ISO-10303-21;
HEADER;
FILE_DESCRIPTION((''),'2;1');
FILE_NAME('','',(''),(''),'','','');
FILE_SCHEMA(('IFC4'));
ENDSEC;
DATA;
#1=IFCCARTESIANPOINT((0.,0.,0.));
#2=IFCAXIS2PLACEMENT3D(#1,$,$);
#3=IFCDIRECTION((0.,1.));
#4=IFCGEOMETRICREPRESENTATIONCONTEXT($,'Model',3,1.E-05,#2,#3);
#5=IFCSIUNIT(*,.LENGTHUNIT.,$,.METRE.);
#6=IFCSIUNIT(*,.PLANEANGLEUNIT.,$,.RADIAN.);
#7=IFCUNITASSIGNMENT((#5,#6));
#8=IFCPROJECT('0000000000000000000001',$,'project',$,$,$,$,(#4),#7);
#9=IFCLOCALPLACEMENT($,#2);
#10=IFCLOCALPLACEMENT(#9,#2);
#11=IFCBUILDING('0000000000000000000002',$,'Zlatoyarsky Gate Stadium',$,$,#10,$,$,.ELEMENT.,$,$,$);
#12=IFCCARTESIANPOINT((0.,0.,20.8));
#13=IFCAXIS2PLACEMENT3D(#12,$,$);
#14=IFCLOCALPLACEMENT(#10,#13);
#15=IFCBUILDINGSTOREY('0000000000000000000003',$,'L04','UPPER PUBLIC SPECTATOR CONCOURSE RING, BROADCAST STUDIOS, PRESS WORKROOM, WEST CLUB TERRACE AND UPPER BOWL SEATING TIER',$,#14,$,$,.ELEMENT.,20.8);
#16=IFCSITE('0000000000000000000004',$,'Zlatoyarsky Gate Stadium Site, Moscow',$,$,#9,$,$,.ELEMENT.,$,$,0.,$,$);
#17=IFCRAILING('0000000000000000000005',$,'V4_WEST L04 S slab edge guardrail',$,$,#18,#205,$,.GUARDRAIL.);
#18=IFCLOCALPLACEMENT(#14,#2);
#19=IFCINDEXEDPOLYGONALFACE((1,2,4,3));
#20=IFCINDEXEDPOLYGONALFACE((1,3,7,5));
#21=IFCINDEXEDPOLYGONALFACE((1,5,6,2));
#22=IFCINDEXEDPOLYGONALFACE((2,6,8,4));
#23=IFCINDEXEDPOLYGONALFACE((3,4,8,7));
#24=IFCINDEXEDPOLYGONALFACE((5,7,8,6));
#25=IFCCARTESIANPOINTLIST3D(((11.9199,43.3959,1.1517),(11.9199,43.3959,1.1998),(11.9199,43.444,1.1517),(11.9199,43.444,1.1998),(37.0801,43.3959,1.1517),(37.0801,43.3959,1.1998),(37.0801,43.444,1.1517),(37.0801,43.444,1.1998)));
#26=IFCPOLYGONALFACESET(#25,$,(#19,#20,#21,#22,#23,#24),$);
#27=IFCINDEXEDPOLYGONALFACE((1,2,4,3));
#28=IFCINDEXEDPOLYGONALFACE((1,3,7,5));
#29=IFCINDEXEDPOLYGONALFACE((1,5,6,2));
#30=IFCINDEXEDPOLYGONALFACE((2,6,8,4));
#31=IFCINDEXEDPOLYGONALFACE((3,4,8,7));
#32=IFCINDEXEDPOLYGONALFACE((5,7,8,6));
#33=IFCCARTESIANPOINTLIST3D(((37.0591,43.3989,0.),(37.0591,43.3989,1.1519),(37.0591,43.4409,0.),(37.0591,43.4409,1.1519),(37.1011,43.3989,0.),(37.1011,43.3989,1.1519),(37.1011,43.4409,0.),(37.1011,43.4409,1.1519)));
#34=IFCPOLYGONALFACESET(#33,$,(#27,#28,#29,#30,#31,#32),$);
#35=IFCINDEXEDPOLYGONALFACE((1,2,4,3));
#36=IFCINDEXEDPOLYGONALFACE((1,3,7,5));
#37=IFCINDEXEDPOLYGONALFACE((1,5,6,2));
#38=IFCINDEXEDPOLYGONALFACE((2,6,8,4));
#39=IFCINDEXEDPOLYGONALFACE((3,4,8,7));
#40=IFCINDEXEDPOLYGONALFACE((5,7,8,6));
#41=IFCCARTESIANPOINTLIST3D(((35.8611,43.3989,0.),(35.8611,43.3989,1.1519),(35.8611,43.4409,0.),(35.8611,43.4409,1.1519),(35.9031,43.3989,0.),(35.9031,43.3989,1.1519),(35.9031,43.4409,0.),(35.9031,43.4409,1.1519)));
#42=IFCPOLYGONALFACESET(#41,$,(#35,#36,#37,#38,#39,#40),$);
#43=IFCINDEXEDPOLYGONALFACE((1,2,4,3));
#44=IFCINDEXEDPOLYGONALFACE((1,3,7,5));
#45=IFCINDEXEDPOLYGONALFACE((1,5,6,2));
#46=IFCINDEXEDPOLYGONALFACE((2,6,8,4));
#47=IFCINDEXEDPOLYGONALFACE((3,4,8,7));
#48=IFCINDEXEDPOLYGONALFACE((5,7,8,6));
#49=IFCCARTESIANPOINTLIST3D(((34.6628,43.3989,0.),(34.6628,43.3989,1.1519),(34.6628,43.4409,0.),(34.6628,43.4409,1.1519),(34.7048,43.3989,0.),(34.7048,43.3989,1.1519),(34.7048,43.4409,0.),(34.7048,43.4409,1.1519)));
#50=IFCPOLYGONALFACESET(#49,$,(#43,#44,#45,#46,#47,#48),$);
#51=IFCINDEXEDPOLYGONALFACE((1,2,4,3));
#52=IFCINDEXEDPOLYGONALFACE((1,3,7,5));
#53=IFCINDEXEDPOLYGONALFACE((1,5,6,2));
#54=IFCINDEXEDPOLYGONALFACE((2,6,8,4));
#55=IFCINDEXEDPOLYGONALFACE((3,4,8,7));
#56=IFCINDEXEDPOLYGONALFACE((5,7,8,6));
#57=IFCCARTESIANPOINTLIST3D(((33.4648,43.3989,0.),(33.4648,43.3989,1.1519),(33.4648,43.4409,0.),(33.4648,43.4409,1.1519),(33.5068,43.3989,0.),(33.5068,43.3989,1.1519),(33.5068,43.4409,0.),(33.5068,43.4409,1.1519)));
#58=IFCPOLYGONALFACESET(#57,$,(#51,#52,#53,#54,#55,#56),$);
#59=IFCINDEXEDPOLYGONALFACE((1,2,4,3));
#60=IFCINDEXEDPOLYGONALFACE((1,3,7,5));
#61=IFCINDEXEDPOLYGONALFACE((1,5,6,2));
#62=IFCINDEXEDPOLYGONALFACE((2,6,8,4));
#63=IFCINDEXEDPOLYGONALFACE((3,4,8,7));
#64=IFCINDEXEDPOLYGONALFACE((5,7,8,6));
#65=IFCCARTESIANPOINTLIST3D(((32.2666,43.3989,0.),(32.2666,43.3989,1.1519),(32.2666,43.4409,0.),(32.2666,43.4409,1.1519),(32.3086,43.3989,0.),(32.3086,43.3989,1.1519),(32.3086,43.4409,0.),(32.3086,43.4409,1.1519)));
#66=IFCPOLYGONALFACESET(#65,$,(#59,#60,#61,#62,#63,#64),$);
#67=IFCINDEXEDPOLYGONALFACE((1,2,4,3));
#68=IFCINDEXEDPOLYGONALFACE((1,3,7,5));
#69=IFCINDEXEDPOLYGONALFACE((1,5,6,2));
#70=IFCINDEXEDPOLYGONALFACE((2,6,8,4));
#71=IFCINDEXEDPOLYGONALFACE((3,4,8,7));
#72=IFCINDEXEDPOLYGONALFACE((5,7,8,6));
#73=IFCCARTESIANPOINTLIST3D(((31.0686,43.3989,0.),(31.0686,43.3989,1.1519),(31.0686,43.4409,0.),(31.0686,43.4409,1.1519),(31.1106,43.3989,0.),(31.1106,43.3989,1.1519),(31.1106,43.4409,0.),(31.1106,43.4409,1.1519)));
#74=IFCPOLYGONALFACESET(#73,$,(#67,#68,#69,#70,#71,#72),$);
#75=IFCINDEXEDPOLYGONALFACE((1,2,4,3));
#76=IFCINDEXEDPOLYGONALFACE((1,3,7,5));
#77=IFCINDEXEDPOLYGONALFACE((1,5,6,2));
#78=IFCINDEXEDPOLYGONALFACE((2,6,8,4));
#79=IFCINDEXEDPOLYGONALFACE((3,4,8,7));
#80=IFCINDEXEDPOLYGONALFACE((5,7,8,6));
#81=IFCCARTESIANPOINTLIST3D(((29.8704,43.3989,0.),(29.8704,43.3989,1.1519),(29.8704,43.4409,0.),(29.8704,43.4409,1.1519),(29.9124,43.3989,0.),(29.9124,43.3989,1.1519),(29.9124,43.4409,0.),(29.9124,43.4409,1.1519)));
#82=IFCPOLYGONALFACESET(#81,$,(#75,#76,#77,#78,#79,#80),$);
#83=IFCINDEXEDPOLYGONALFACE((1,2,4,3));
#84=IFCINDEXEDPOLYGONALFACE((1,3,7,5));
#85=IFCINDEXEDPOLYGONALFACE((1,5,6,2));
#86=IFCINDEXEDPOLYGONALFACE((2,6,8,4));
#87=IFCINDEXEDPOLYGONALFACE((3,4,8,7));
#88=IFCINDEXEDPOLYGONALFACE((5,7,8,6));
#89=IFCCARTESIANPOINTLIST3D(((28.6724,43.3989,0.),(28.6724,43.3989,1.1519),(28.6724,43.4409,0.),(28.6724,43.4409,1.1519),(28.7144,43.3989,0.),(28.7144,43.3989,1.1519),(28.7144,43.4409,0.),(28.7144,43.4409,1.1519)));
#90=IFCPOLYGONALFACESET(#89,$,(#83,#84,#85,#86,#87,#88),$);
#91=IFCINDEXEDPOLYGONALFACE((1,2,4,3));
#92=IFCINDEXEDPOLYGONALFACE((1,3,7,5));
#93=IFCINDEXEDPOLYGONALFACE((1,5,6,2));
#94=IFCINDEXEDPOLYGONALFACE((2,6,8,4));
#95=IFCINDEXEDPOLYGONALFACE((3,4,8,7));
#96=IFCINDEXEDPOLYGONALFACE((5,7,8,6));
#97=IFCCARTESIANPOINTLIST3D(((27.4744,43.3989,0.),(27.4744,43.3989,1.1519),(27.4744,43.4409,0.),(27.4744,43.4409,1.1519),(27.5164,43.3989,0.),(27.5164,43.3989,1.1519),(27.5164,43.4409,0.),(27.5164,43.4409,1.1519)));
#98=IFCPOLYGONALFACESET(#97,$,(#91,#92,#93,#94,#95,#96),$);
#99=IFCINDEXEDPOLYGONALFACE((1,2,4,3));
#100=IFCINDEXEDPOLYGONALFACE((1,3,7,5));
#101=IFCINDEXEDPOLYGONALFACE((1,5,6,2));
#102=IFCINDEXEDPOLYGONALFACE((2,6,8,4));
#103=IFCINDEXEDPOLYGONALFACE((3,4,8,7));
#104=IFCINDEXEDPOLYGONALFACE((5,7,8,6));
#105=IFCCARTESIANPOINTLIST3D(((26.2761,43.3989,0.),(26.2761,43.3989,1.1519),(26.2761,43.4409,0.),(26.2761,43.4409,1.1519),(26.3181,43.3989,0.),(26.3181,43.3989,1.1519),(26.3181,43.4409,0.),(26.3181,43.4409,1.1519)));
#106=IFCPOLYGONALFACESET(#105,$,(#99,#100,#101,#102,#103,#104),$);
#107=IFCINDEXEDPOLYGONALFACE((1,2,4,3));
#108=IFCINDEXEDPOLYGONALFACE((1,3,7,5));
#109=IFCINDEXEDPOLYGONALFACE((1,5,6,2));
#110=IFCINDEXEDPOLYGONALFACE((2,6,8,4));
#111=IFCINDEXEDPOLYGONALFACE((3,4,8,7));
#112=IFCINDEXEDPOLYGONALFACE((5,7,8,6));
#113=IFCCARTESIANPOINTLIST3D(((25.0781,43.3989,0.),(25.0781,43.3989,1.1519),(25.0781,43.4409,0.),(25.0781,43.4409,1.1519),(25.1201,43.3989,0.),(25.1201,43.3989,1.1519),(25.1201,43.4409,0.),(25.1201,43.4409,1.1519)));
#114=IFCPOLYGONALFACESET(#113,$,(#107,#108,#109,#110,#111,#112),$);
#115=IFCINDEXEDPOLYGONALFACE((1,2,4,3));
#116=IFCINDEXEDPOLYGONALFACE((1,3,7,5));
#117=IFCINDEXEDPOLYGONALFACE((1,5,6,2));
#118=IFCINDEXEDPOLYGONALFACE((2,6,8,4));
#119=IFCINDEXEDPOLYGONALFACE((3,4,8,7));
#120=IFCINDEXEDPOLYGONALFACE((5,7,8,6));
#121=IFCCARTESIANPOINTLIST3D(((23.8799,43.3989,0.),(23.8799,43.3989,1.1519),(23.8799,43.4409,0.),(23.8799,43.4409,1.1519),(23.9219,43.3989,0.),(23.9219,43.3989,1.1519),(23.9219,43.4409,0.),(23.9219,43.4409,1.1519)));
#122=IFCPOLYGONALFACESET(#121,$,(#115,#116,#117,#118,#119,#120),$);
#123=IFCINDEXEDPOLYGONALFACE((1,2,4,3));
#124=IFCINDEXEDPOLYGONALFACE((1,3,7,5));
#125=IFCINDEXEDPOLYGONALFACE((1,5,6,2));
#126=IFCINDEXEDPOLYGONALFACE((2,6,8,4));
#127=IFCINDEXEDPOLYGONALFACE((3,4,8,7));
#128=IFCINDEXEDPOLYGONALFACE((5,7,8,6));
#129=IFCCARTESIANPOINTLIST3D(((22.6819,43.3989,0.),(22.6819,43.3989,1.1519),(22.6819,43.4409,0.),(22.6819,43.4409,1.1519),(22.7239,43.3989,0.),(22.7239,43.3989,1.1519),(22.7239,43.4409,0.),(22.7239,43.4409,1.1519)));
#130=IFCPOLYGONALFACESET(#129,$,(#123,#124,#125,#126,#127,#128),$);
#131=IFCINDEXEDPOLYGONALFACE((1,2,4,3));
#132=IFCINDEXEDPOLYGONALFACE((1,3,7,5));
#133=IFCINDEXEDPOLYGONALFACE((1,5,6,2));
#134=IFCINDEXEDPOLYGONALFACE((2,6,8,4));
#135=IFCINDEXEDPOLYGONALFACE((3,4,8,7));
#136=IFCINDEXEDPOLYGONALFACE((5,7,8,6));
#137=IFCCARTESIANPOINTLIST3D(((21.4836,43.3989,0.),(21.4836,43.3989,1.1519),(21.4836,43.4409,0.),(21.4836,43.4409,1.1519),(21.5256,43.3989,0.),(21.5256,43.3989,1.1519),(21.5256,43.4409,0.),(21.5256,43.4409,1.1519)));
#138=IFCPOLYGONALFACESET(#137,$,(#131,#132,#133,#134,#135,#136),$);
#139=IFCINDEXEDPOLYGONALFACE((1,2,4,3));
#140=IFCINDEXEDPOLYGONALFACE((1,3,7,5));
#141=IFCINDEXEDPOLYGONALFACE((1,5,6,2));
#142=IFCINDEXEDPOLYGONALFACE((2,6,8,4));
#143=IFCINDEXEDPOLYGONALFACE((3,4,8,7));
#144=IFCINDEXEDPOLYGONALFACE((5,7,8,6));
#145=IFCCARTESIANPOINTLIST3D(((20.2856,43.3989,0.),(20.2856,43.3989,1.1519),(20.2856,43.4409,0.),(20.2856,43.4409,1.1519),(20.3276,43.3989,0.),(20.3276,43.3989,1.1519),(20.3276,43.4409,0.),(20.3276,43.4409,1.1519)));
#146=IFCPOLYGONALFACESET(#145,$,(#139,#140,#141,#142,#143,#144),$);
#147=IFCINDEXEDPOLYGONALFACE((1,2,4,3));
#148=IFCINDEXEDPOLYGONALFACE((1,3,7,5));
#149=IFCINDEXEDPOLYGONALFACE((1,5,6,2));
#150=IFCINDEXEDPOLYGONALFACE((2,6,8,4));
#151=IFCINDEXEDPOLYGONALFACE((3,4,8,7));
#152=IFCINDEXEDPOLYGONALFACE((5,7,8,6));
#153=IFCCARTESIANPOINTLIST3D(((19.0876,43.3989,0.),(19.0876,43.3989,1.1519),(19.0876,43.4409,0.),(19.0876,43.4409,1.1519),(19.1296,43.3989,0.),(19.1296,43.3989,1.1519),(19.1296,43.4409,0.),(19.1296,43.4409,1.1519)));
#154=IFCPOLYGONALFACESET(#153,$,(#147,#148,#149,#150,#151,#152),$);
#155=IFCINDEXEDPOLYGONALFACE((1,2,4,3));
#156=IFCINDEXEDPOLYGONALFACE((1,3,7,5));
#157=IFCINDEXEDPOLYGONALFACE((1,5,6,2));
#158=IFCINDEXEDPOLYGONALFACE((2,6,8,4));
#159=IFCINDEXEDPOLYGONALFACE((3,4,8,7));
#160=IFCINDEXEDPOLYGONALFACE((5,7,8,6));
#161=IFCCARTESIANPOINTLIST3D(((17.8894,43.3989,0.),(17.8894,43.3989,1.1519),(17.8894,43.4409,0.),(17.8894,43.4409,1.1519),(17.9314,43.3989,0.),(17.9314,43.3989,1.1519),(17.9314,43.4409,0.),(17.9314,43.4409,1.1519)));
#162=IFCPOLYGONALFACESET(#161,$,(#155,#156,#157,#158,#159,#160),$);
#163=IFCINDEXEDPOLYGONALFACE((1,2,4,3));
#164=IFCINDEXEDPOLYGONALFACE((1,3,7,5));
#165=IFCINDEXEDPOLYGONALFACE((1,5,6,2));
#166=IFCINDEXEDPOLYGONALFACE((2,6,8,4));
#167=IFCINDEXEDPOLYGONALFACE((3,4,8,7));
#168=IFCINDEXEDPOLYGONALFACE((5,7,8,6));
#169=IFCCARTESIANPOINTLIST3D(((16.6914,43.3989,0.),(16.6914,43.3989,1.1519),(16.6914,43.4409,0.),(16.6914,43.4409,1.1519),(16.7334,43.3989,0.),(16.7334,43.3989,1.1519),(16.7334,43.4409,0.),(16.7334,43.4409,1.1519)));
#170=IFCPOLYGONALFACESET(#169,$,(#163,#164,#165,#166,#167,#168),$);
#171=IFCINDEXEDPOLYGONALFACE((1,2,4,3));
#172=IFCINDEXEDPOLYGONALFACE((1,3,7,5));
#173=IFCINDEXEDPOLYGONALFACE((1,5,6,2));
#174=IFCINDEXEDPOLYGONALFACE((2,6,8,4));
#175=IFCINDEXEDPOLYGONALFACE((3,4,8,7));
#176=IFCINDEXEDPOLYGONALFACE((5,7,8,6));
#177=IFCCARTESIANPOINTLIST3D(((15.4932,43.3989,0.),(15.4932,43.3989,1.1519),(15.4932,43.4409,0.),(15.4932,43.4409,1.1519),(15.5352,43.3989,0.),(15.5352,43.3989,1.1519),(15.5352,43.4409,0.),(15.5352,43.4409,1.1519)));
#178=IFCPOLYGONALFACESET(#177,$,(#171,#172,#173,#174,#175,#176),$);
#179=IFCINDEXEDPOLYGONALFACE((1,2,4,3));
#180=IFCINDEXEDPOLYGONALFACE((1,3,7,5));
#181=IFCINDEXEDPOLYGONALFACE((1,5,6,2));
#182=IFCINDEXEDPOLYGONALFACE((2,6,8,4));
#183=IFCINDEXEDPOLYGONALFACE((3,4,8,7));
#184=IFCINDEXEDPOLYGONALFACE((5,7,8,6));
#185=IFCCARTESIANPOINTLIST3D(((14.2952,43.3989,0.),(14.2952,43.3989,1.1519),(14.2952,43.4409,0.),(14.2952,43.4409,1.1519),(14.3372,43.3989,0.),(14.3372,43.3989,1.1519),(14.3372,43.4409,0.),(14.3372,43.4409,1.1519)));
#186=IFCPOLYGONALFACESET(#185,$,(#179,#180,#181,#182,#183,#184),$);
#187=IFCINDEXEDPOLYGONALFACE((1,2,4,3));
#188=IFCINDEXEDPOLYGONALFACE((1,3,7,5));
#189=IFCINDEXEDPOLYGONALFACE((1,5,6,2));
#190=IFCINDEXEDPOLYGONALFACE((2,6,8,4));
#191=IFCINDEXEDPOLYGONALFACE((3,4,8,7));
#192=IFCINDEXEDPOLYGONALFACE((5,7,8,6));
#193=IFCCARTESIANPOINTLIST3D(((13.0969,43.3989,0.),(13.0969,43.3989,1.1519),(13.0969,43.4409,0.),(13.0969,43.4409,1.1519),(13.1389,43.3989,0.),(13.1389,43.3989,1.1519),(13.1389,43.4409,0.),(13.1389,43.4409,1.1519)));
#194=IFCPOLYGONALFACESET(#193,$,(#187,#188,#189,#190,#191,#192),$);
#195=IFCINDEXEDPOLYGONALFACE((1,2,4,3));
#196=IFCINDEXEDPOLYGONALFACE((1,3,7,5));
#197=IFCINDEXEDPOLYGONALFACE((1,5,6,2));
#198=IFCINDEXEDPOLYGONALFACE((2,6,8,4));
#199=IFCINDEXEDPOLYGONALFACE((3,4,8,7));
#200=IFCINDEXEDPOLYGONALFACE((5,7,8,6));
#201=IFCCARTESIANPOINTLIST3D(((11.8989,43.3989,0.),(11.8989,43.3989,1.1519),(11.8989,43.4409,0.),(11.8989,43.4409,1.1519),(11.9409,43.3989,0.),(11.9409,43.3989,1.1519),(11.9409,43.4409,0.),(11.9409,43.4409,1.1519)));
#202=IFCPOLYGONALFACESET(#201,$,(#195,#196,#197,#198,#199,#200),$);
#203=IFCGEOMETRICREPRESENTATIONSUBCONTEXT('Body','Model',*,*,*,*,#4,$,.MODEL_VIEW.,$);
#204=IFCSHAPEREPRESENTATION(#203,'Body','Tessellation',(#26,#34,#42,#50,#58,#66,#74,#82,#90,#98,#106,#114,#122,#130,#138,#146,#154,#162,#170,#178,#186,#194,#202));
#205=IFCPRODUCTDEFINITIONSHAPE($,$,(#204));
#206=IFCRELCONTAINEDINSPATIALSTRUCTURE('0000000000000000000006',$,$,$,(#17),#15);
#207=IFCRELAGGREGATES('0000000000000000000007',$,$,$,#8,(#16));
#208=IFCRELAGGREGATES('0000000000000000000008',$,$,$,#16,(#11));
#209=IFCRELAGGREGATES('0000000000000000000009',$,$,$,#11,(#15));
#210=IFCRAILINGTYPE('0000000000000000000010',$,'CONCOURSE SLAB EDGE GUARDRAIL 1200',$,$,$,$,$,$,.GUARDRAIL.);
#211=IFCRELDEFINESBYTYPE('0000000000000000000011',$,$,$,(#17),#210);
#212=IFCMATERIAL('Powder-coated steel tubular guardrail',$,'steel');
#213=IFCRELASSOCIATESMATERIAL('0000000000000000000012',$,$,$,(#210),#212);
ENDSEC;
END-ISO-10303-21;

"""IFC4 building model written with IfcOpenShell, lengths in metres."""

from ifc_helpers import new_model, si_unit, direction, frame, origin, origin_2d, place, context, subcontext, project, spatial, rectangle, extrude, material, type_object, element, save


model = new_model("IFC4")

# Units and contexts
model_context = context("Model", 3, precision=1e-05, world=origin(), true_north=direction((0.0, 1.0)))
body_context = subcontext(model_context, "Body", "Model", "MODEL_VIEW")
ifc_project = project(units=[si_unit("LENGTHUNIT", "METRE"), si_unit("PLANEANGLEUNIT", "RADIAN")], contexts=[model_context])

# Site, building, storey
site_placement = place(None, origin())
site = spatial("IfcSite", under=ifc_project, at=site_placement, Name="Zlatoyarsky Gate Stadium Site, Moscow", CompositionType="ELEMENT", RefElevation=0.0)
building_placement = place(site_placement, origin())
building = spatial("IfcBuilding", under=site, at=building_placement, Name="Zlatoyarsky Gate Stadium", CompositionType="ELEMENT")
storey_placement = place(building_placement, frame((0.0, 0.0, 20.8)))
storey = spatial("IfcBuildingStorey", under=building, at=storey_placement, Name="L04", Description="UPPER PUBLIC SPECTATOR CONCOURSE RING, BROADCAST STUDIOS, PRESS WORKROOM, WEST CLUB TERRACE AND UPPER BOWL SEATING TIER", CompositionType="ELEMENT", Elevation=20.8)

# Railing
ifc_material_1 = material(Name="Powder-coated steel tubular guardrail", Category="steel")
railing_type_1 = type_object("IfcRailingType", Name="CONCOURSE SLAB EDGE GUARDRAIL 1200", PredefinedType="GUARDRAIL", material=ifc_material_1)
railing_1_placement = place(storey_placement, frame((37.0801, 43.4199, 0.0)))
element("IfcRailing", 1, at=railing_1_placement, inside=storey, type_object=railing_type_1, Name="V4_WEST L04 S slab edge guardrail", PredefinedType="GUARDRAIL", context=body_context, shape_type="SweptSolid", body=[
    extrude(rectangle(XDim=0.0481, YDim=0.0481, at=origin_2d()), frame((0.0, 0.0, 1.1758), z_axis=(-1.0, 0.0, 0.0), x_axis=(0.0, -1.0, 0.0)), (0.0, 0.0, 1.0), 25.1602),
    extrude(rectangle(XDim=0.042, YDim=0.042, at=origin_2d()), origin(), (0.0, 0.0, 1.0), 1.1519),
    extrude(rectangle(XDim=0.042, YDim=0.042, at=origin_2d()), frame((-1.198, 0.0, 0.0)), (0.0, 0.0, 1.0), 1.1519),
    extrude(rectangle(XDim=0.042, YDim=0.042, at=origin_2d()), frame((-2.3962, 0.0, 0.0)), (0.0, 0.0, 1.0), 1.1519),
    extrude(rectangle(XDim=0.042, YDim=0.042, at=origin_2d()), frame((-3.5942, 0.0, 0.0)), (0.0, 0.0, 1.0), 1.1519),
    extrude(rectangle(XDim=0.042, YDim=0.042, at=origin_2d()), frame((-4.7925, 0.0, 0.0)), (0.0, 0.0, 1.0), 1.1519),
    extrude(rectangle(XDim=0.042, YDim=0.042, at=origin_2d()), frame((-5.9905, 0.0, 0.0)), (0.0, 0.0, 1.0), 1.1519),
    extrude(rectangle(XDim=0.042, YDim=0.042, at=origin_2d()), frame((-7.1887, 0.0, 0.0)), (0.0, 0.0, 1.0), 1.1519),
    extrude(rectangle(XDim=0.042, YDim=0.042, at=origin_2d()), frame((-8.3867, 0.0, 0.0)), (0.0, 0.0, 1.0), 1.1519),
    extrude(rectangle(XDim=0.042, YDim=0.042, at=origin_2d()), frame((-9.5847, 0.0, 0.0)), (0.0, 0.0, 1.0), 1.1519),
    extrude(rectangle(XDim=0.042, YDim=0.042, at=origin_2d()), frame((-10.783, 0.0, 0.0)), (0.0, 0.0, 1.0), 1.1519),
    extrude(rectangle(XDim=0.042, YDim=0.042, at=origin_2d()), frame((-11.981, 0.0, 0.0)), (0.0, 0.0, 1.0), 1.1519),
    extrude(rectangle(XDim=0.042, YDim=0.042, at=origin_2d()), frame((-13.1792, 0.0, 0.0)), (0.0, 0.0, 1.0), 1.1519),
    extrude(rectangle(XDim=0.042, YDim=0.042, at=origin_2d()), frame((-14.3772, 0.0, 0.0)), (0.0, 0.0, 1.0), 1.1519),
    extrude(rectangle(XDim=0.042, YDim=0.042, at=origin_2d()), frame((-15.5754, 0.0, 0.0)), (0.0, 0.0, 1.0), 1.1519),
    extrude(rectangle(XDim=0.042, YDim=0.042, at=origin_2d()), frame((-16.7734, 0.0, 0.0)), (0.0, 0.0, 1.0), 1.1519),
    extrude(rectangle(XDim=0.042, YDim=0.042, at=origin_2d()), frame((-17.9714, 0.0, 0.0)), (0.0, 0.0, 1.0), 1.1519),
    extrude(rectangle(XDim=0.042, YDim=0.042, at=origin_2d()), frame((-19.1697, 0.0, 0.0)), (0.0, 0.0, 1.0), 1.1519),
    extrude(rectangle(XDim=0.042, YDim=0.042, at=origin_2d()), frame((-20.3677, 0.0, 0.0)), (0.0, 0.0, 1.0), 1.1519),
    extrude(rectangle(XDim=0.042, YDim=0.042, at=origin_2d()), frame((-21.5659, 0.0, 0.0)), (0.0, 0.0, 1.0), 1.1519),
    extrude(rectangle(XDim=0.042, YDim=0.042, at=origin_2d()), frame((-22.7639, 0.0, 0.0)), (0.0, 0.0, 1.0), 1.1519),
    extrude(rectangle(XDim=0.042, YDim=0.042, at=origin_2d()), frame((-23.9622, 0.0, 0.0)), (0.0, 0.0, 1.0), 1.1519),
    extrude(rectangle(XDim=0.042, YDim=0.042, at=origin_2d()), frame((-25.1602, 0.0, 0.0)), (0.0, 0.0, 1.0), 1.1519),
])

save(model, "model.ifc")
